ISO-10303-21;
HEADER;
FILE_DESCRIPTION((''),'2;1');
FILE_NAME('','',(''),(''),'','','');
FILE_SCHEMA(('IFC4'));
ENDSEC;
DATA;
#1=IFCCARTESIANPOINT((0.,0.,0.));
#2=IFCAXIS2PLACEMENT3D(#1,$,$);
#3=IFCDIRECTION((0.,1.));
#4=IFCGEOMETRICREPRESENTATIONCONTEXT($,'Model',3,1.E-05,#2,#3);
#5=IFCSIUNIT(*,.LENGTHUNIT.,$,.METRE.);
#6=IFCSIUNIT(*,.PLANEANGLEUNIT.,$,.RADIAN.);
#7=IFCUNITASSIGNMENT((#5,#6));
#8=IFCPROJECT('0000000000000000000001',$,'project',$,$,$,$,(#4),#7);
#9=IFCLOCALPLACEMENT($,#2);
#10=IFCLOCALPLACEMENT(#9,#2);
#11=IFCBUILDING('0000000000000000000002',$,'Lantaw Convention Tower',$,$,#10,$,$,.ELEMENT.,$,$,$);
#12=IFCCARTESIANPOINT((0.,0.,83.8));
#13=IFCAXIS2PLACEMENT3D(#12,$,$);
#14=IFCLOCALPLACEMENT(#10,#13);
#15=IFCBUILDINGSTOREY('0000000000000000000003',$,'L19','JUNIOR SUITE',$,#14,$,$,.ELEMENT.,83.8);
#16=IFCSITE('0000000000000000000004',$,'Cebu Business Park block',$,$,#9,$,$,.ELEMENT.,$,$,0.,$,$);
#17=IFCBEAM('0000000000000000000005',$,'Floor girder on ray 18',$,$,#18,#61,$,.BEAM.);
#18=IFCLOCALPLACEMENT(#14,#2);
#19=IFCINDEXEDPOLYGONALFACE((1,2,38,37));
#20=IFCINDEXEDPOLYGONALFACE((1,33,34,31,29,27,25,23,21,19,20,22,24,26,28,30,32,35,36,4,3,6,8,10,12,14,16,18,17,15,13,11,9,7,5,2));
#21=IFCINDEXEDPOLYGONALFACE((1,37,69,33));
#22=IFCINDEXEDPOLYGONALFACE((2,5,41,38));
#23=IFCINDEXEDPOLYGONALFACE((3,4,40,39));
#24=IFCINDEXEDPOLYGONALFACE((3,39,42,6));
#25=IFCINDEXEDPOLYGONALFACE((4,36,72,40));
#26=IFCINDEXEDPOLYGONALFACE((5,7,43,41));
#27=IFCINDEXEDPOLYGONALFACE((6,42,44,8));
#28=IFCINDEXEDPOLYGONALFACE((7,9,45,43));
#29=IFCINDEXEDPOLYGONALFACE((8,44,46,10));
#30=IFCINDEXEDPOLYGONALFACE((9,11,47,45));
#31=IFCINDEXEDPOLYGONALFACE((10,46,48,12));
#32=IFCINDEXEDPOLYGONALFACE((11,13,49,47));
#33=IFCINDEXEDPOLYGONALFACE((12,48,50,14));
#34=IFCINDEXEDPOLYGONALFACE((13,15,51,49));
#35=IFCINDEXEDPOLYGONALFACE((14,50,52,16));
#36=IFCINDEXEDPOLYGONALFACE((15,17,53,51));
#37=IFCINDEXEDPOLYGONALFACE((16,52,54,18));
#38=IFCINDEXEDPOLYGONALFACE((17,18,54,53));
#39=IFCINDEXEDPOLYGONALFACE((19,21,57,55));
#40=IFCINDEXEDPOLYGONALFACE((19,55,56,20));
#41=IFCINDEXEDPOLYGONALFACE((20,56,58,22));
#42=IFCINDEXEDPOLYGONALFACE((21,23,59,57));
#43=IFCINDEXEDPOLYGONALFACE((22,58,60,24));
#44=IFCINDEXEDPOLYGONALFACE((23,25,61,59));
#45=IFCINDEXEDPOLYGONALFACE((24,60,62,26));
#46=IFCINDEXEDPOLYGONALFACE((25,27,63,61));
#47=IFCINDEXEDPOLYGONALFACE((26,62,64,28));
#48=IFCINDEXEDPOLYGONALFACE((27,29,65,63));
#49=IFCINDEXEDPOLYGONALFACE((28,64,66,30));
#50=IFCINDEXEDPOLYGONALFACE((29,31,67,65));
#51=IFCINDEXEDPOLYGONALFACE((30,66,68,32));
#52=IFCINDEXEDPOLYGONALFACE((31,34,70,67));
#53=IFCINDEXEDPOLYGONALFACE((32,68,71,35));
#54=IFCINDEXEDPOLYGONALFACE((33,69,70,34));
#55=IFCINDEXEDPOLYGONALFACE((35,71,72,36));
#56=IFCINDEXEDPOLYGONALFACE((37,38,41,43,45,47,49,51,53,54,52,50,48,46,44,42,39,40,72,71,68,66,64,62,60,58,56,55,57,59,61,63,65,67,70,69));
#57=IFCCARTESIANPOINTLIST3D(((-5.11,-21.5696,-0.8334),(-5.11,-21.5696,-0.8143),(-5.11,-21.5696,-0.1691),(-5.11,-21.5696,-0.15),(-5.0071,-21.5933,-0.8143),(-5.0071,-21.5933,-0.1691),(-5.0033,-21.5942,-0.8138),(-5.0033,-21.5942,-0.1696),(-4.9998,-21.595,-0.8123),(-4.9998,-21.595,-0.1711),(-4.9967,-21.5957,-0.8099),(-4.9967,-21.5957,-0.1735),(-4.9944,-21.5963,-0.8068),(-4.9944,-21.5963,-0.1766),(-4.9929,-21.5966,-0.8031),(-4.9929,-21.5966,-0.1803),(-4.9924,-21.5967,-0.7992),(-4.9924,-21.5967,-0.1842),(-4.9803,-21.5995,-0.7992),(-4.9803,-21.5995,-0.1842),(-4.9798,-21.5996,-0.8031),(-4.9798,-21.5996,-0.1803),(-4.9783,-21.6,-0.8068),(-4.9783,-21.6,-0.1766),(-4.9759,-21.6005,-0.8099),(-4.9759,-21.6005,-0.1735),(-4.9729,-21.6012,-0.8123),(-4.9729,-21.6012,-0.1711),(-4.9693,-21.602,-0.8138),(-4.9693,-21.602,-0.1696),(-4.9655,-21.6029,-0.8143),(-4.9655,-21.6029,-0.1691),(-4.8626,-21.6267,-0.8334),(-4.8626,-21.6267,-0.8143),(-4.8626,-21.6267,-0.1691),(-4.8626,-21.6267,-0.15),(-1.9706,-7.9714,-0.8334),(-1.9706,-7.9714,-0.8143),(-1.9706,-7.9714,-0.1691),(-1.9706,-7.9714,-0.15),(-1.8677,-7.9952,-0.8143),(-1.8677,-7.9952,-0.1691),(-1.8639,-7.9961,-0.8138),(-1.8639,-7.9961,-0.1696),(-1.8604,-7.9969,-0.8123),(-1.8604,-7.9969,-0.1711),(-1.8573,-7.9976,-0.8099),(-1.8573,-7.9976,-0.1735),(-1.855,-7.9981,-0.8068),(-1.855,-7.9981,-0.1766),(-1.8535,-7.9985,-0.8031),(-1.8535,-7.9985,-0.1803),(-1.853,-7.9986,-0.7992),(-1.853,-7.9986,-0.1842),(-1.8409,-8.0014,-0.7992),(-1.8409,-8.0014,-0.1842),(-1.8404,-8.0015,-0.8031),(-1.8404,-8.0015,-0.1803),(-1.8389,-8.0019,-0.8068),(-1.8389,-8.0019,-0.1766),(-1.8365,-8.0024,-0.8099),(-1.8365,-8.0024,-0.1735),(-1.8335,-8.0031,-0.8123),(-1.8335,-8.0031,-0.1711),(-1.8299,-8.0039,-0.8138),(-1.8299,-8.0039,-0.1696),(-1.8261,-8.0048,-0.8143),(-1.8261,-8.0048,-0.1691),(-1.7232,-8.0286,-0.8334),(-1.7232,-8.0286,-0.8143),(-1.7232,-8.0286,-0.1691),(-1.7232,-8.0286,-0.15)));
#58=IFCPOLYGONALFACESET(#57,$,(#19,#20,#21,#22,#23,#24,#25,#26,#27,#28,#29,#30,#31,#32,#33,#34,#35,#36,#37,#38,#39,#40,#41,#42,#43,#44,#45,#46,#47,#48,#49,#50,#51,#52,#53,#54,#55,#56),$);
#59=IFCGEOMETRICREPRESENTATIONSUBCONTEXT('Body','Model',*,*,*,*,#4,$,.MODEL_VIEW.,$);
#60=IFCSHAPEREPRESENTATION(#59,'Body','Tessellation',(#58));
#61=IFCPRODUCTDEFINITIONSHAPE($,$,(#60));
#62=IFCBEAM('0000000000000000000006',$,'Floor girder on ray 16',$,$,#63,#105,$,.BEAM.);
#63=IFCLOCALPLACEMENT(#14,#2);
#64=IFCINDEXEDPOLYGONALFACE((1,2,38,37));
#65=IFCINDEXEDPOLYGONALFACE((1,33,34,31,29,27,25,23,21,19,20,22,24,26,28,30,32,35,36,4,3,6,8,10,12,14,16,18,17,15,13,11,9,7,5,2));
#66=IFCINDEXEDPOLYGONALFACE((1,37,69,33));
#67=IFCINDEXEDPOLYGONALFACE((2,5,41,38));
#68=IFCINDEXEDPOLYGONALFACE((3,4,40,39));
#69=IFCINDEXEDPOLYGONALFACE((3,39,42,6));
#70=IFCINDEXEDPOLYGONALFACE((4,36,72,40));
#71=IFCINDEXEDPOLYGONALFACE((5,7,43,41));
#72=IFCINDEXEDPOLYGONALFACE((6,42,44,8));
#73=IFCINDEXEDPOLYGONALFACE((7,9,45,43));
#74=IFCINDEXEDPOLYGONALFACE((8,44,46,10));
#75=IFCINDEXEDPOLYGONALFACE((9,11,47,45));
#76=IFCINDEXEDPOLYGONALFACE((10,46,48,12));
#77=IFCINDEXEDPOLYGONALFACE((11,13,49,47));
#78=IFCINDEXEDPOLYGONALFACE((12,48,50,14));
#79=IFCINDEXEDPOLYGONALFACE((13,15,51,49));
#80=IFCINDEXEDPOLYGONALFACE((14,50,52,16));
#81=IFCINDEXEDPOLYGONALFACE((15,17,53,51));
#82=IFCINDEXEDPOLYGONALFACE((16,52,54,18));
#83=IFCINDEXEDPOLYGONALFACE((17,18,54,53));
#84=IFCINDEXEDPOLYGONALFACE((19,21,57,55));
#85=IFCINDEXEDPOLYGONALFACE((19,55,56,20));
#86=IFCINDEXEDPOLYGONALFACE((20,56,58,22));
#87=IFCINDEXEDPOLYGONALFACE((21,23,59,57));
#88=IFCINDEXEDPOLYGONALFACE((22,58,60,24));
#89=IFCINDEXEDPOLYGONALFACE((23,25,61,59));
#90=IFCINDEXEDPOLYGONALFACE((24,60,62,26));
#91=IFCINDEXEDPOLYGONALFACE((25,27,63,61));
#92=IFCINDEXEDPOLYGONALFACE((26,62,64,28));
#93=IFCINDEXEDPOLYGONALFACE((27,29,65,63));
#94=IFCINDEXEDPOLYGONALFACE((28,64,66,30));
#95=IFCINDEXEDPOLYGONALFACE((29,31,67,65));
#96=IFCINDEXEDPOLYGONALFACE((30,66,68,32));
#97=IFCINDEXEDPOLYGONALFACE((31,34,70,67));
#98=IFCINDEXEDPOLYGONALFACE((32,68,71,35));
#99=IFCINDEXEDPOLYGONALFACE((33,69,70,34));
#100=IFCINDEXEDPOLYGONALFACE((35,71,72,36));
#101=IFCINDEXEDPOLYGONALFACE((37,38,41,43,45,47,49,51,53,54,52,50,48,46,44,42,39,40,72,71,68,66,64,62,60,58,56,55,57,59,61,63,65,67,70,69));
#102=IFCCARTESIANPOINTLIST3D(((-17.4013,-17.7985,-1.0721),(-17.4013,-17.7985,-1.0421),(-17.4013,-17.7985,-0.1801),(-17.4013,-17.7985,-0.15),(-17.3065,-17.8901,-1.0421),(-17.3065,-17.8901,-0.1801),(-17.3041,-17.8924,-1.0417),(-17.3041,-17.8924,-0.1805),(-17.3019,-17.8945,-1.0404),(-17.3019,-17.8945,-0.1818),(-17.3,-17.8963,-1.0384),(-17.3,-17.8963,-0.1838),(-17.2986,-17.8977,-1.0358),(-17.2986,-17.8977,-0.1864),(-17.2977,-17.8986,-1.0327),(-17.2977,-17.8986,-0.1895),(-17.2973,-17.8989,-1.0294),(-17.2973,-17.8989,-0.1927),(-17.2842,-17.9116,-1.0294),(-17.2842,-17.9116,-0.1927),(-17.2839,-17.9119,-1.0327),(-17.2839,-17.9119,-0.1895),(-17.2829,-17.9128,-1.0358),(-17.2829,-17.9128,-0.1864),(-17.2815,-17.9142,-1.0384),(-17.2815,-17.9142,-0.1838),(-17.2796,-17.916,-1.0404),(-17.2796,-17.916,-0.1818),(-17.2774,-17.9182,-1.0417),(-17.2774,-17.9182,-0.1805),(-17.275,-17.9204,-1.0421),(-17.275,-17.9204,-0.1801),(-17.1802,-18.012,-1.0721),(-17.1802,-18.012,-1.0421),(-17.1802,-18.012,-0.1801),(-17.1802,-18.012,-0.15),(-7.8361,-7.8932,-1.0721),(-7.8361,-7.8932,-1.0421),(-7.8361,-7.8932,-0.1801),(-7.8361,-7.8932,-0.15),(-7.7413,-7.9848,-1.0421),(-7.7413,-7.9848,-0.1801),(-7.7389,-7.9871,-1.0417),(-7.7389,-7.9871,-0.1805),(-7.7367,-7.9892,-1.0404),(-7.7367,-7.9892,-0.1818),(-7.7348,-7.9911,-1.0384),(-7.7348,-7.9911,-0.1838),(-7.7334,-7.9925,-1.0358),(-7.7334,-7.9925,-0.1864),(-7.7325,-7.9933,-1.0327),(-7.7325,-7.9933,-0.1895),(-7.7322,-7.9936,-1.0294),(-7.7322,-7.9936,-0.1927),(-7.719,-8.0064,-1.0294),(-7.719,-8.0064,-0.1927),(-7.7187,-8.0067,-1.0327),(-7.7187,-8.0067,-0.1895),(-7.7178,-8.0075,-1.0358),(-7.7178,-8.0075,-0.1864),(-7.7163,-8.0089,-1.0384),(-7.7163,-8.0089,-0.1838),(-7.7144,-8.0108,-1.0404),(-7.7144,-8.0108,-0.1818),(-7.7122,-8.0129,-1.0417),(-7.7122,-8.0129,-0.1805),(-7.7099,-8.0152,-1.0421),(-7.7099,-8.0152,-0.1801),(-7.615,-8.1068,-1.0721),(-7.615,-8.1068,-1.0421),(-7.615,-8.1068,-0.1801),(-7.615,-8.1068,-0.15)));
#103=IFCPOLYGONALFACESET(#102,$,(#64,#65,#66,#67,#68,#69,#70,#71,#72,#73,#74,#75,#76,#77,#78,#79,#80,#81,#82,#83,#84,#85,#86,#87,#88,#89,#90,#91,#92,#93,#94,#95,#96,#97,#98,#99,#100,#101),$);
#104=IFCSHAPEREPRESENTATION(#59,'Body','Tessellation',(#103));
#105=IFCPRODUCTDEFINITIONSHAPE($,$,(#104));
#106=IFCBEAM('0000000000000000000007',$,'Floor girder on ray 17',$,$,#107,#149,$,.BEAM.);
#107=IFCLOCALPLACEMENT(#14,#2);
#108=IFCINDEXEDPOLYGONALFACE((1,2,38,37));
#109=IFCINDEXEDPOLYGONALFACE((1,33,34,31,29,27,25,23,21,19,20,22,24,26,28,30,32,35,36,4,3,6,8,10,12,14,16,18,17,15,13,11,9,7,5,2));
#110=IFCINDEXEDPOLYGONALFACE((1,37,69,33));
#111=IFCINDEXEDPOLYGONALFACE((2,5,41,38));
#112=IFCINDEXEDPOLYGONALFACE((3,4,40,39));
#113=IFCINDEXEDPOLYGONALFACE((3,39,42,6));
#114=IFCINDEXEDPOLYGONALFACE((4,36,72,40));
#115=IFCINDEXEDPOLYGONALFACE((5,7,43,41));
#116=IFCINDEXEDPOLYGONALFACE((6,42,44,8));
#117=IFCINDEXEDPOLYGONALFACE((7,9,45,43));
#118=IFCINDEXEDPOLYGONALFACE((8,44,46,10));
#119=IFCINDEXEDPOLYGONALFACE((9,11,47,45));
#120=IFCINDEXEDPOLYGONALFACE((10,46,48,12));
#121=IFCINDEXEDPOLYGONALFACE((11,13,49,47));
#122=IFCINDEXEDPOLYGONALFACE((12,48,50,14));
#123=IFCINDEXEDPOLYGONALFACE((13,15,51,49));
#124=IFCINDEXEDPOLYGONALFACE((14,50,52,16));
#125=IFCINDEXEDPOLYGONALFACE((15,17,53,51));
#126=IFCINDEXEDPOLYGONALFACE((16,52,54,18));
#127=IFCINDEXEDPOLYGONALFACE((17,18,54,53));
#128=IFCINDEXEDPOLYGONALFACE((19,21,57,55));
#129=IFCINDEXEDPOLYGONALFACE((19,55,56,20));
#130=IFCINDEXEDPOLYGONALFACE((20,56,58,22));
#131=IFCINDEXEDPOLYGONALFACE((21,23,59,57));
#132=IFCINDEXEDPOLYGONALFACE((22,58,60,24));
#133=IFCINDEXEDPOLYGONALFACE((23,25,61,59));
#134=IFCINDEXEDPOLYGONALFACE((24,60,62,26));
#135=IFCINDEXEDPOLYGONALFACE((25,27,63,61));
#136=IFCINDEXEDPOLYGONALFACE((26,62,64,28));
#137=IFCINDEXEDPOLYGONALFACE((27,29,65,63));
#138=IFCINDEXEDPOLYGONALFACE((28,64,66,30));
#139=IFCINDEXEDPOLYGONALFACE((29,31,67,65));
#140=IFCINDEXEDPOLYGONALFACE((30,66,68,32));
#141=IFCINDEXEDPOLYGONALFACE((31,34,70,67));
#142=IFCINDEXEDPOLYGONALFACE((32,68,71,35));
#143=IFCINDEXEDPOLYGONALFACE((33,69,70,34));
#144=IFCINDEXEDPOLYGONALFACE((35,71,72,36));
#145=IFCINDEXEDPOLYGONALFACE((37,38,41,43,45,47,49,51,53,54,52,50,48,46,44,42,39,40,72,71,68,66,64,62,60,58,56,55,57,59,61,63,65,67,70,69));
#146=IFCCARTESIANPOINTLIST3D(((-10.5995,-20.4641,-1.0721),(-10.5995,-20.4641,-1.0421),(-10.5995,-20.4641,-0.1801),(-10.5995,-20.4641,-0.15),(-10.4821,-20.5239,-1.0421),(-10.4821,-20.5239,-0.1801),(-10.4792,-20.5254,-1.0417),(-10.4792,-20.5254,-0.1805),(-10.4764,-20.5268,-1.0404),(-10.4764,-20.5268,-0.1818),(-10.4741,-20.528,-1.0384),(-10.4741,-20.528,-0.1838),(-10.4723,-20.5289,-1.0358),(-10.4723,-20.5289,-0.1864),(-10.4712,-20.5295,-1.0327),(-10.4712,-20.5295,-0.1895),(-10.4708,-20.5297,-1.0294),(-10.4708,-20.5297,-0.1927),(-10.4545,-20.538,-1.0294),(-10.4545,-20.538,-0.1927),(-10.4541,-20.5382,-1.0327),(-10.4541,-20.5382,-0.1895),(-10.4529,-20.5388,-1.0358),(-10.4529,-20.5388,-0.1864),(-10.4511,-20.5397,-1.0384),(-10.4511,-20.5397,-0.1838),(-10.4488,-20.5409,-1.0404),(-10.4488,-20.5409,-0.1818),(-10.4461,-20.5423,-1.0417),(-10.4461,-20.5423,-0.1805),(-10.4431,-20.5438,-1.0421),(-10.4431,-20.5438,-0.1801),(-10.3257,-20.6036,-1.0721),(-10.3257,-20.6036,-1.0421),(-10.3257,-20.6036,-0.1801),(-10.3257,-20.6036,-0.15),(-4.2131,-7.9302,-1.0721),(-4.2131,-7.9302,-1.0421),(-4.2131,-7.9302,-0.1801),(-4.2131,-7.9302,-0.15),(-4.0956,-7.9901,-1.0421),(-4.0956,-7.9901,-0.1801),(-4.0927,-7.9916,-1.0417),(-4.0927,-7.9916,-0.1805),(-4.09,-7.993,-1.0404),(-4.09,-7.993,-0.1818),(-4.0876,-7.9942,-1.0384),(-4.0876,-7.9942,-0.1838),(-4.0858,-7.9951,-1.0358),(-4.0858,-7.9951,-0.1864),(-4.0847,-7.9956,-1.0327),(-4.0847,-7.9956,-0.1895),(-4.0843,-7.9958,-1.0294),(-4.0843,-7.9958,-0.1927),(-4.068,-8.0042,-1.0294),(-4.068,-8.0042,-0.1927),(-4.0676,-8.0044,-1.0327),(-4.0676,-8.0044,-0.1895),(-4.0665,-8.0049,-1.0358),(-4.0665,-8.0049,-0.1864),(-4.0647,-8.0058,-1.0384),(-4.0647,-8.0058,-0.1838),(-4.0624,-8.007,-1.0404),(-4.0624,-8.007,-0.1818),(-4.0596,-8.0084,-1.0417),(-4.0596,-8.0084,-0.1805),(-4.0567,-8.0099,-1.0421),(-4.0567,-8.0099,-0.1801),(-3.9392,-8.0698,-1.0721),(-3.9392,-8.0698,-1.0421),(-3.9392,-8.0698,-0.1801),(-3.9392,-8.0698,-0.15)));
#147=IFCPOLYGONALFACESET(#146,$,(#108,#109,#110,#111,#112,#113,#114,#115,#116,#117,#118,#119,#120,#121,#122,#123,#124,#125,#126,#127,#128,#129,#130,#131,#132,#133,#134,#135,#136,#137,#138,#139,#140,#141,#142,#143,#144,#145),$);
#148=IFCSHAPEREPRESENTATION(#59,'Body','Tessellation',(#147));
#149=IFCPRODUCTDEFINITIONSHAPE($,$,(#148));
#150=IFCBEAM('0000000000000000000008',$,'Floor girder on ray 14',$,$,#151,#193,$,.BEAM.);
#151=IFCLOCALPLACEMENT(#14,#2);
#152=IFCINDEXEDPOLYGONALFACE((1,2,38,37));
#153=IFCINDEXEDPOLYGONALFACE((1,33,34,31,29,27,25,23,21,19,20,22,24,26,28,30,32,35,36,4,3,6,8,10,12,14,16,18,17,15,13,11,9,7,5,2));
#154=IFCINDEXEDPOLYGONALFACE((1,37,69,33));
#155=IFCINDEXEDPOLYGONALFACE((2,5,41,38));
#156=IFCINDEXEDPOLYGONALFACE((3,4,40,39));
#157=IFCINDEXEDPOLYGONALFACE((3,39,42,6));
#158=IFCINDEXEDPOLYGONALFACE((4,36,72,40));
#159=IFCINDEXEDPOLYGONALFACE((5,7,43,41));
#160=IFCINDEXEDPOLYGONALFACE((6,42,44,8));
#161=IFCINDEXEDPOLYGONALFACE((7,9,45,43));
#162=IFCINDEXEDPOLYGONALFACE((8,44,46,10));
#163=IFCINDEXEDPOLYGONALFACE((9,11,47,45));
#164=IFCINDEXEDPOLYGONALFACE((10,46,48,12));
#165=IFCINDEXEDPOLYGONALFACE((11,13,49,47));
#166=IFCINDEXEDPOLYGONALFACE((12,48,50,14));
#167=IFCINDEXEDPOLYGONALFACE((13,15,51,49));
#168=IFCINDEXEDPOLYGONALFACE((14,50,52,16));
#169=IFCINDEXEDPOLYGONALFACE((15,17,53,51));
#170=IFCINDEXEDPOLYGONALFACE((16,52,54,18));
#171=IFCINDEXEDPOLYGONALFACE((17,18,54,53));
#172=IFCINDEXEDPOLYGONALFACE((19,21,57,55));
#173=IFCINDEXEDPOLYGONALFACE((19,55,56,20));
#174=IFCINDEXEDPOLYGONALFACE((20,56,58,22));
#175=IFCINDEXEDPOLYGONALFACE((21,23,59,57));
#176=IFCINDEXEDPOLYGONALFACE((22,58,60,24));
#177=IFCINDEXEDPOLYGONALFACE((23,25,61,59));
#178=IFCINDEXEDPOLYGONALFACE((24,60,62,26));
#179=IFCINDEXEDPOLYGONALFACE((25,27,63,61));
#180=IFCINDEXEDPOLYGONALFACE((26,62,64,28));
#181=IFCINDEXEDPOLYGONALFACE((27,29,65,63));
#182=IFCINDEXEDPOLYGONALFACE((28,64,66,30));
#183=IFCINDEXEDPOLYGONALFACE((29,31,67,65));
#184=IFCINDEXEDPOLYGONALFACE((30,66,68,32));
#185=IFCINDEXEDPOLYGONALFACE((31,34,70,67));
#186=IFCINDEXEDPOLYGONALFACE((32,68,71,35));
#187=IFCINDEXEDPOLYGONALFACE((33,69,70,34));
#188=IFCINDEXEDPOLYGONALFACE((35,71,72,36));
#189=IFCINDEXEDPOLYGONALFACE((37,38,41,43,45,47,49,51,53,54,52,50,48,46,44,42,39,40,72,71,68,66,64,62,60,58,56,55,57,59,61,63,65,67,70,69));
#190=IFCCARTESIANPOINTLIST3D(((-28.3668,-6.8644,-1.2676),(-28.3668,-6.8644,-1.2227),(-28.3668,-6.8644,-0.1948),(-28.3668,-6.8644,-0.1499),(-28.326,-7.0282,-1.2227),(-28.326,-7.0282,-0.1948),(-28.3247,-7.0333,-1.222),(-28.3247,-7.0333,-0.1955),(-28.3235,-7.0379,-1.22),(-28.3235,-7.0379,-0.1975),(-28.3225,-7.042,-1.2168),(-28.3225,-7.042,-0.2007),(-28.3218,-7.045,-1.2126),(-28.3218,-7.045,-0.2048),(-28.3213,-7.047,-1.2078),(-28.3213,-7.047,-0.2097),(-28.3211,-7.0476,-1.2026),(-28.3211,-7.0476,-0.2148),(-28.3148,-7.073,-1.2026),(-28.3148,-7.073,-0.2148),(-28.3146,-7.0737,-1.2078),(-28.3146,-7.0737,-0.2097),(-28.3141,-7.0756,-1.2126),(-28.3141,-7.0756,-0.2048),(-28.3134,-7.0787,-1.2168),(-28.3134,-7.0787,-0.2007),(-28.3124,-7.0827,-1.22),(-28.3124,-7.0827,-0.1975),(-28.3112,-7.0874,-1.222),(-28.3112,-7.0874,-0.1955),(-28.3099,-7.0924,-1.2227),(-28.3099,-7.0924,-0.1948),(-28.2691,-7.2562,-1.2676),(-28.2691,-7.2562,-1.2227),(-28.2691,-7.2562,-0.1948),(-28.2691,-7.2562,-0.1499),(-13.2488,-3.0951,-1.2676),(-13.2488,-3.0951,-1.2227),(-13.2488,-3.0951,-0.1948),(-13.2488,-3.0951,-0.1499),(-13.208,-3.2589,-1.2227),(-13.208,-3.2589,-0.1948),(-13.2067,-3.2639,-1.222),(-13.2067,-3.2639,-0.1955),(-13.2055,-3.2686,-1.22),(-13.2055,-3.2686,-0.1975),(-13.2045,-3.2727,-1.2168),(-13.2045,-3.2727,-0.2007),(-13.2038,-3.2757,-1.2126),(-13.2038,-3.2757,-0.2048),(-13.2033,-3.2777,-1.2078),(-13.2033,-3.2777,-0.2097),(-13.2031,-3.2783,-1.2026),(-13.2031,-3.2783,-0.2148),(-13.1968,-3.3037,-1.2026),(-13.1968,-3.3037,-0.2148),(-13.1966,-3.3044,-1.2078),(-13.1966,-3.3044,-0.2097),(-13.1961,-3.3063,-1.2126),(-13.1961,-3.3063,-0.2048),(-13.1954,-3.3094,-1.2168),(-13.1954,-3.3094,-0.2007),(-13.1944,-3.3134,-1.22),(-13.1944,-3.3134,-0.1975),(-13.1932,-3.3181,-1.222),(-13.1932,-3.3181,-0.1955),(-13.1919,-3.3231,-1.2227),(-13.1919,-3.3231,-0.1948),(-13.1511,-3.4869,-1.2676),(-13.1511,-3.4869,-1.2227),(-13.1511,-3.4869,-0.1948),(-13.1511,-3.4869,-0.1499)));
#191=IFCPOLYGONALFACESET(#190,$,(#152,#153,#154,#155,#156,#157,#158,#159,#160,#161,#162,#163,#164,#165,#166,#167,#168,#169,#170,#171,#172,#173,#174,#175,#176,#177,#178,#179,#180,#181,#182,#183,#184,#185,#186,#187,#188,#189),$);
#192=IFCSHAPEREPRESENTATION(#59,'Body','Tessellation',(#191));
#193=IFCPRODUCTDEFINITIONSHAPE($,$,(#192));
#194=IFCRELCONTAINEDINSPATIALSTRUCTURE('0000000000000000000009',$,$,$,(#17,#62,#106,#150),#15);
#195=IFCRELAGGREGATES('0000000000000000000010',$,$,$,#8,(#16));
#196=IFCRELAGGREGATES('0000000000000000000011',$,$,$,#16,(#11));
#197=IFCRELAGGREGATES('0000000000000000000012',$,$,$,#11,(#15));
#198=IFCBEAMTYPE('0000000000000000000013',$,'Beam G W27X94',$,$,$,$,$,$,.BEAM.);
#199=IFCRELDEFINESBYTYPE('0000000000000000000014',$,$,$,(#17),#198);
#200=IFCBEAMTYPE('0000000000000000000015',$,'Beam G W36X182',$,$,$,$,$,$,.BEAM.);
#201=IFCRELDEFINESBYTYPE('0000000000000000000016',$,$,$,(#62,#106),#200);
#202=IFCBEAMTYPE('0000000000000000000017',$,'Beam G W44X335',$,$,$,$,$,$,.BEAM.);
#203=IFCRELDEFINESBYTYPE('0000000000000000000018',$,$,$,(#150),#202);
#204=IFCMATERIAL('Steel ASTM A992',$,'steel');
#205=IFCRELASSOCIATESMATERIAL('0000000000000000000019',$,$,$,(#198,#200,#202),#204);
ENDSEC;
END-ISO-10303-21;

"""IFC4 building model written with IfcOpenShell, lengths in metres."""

from ifc_helpers import new_model, si_unit, direction, frame, origin, origin_2d, place, context, subcontext, project, spatial, i_section, extrude, material, material_profile, profile_set, type_object, element, save


model = new_model("IFC4")

# Units and contexts
model_context = context("Model", 3, precision=1e-05, world=origin(), true_north=direction((0.0, 1.0)))
body_context = subcontext(model_context, "Body", "Model", "MODEL_VIEW")
ifc_project = project(units=[si_unit("LENGTHUNIT", "METRE"), si_unit("PLANEANGLEUNIT", "RADIAN")], contexts=[model_context])

# Site, building, storey
site_placement = place(None, origin())
site = spatial("IfcSite", under=ifc_project, at=site_placement, Name="Cebu Business Park block", CompositionType="ELEMENT", RefElevation=0.0)
building_placement = place(site_placement, origin())
building = spatial("IfcBuilding", under=site, at=building_placement, Name="Lantaw Convention Tower", CompositionType="ELEMENT")
storey_placement = place(building_placement, frame((0.0, 0.0, 83.8)))
storey = spatial("IfcBuildingStorey", under=building, at=storey_placement, Name="L19", Description="JUNIOR SUITE", CompositionType="ELEMENT", Elevation=83.8)

# Beams
ifc_material_1 = material(Name="Steel ASTM A992", Category="steel")
ifc_material_profile_1 = material_profile(ifc_material_1, i_section(OverallWidth=0.2539, OverallDepth=0.6833, WebThickness=0.0125, FlangeThickness=0.019, FilletRadius=0.0151, at=origin_2d()), Name="W27X94")
ifc_profile_set_1 = profile_set([ifc_material_profile_1], Name="Steel ASTM A992")
beam_type_1 = type_object("IfcBeamType", Name="Beam G W27X94", PredefinedType="BEAM", material=ifc_profile_set_1)
beam_1_placement = place(storey_placement, frame((-1.8469, -8.0, -0.4917), z_axis=(-0.224953, -0.97437, 0.0), x_axis=(0.97437, -0.224953, 0.0)))
element("IfcBeam", 1, at=beam_1_placement, inside=storey, type_object=beam_type_1, Name="Floor girder on ray 18", PredefinedType="BEAM", context=body_context, shape_type="SweptSolid", body=[
    extrude(i_section(OverallWidth=0.2539, OverallDepth=0.6833, WebThickness=0.0125, FlangeThickness=0.019, FilletRadius=0.0151, at=origin_2d()), origin(), (0.0, 0.0, 1.0), 13.9558),
])
ifc_material_profile_2 = material_profile(ifc_material_1, i_section(OverallWidth=0.3074, OverallDepth=0.9221, WebThickness=0.0183, FlangeThickness=0.03, FilletRadius=0.0127, at=origin_2d()), Name="W36X182")
ifc_profile_set_2 = profile_set([ifc_material_profile_2], Name="Steel ASTM A992")
beam_type_2 = type_object("IfcBeamType", Name="Beam G W36X182", PredefinedType="BEAM", material=ifc_profile_set_2)
beam_2_placement = place(storey_placement, frame((-7.7256, -8.0, -0.6111), z_axis=(-0.69465, -0.719348, 0.0), x_axis=(0.719348, -0.69465, 0.0)))
element("IfcBeam", 2, at=beam_2_placement, inside=storey, type_object=beam_type_2, Name="Floor girder on ray 16", PredefinedType="BEAM", context=body_context, shape_type="SweptSolid", body=[
    extrude(i_section(OverallWidth=0.3074, OverallDepth=0.9221, WebThickness=0.0183, FlangeThickness=0.03, FilletRadius=0.0127, at=origin_2d()), origin(), (0.0, 0.0, 1.0), 13.7698),
])
beam_3_placement = place(storey_placement, frame((-4.0762, -8.0, -0.6111), z_axis=(-0.453997, -0.891003, 0.0), x_axis=(0.891003, -0.453997, 0.0)))
element("IfcBeam", 3, at=beam_3_placement, inside=storey, type_object=beam_type_2, Name="Floor girder on ray 17", PredefinedType="BEAM", context=body_context, shape_type="SweptSolid", body=[
    extrude(i_section(OverallWidth=0.3074, OverallDepth=0.9221, WebThickness=0.0183, FlangeThickness=0.03, FilletRadius=0.0127, at=origin_2d()), origin(), (0.0, 0.0, 1.0), 14.0671),
])
ifc_material_profile_3 = material_profile(ifc_material_1, i_section(OverallWidth=0.4038, OverallDepth=1.1177, WebThickness=0.0261, FlangeThickness=0.0449, FilletRadius=0.02, at=origin_2d()), Name="W44X335")
ifc_profile_set_3 = profile_set([ifc_material_profile_3], Name="Steel ASTM A992")
beam_type_3 = type_object("IfcBeamType", Name="Beam G W44X335", PredefinedType="BEAM", material=ifc_profile_set_3)
beam_4_placement = place(storey_placement, frame((-13.2, -3.291, -0.7087), z_axis=(-0.970296, -0.24192, 0.0), x_axis=(0.24192, -0.970296, 0.0)))
element("IfcBeam", 4, at=beam_4_placement, inside=storey, type_object=beam_type_3, Name="Floor girder on ray 14", PredefinedType="BEAM", context=body_context, shape_type="SweptSolid", body=[
    extrude(i_section(OverallWidth=0.4038, OverallDepth=1.1177, WebThickness=0.0261, FlangeThickness=0.0449, FilletRadius=0.02, at=origin_2d()), origin(), (0.0, 0.0, 1.0), 15.5808),
])

save(model, "model.ifc")
